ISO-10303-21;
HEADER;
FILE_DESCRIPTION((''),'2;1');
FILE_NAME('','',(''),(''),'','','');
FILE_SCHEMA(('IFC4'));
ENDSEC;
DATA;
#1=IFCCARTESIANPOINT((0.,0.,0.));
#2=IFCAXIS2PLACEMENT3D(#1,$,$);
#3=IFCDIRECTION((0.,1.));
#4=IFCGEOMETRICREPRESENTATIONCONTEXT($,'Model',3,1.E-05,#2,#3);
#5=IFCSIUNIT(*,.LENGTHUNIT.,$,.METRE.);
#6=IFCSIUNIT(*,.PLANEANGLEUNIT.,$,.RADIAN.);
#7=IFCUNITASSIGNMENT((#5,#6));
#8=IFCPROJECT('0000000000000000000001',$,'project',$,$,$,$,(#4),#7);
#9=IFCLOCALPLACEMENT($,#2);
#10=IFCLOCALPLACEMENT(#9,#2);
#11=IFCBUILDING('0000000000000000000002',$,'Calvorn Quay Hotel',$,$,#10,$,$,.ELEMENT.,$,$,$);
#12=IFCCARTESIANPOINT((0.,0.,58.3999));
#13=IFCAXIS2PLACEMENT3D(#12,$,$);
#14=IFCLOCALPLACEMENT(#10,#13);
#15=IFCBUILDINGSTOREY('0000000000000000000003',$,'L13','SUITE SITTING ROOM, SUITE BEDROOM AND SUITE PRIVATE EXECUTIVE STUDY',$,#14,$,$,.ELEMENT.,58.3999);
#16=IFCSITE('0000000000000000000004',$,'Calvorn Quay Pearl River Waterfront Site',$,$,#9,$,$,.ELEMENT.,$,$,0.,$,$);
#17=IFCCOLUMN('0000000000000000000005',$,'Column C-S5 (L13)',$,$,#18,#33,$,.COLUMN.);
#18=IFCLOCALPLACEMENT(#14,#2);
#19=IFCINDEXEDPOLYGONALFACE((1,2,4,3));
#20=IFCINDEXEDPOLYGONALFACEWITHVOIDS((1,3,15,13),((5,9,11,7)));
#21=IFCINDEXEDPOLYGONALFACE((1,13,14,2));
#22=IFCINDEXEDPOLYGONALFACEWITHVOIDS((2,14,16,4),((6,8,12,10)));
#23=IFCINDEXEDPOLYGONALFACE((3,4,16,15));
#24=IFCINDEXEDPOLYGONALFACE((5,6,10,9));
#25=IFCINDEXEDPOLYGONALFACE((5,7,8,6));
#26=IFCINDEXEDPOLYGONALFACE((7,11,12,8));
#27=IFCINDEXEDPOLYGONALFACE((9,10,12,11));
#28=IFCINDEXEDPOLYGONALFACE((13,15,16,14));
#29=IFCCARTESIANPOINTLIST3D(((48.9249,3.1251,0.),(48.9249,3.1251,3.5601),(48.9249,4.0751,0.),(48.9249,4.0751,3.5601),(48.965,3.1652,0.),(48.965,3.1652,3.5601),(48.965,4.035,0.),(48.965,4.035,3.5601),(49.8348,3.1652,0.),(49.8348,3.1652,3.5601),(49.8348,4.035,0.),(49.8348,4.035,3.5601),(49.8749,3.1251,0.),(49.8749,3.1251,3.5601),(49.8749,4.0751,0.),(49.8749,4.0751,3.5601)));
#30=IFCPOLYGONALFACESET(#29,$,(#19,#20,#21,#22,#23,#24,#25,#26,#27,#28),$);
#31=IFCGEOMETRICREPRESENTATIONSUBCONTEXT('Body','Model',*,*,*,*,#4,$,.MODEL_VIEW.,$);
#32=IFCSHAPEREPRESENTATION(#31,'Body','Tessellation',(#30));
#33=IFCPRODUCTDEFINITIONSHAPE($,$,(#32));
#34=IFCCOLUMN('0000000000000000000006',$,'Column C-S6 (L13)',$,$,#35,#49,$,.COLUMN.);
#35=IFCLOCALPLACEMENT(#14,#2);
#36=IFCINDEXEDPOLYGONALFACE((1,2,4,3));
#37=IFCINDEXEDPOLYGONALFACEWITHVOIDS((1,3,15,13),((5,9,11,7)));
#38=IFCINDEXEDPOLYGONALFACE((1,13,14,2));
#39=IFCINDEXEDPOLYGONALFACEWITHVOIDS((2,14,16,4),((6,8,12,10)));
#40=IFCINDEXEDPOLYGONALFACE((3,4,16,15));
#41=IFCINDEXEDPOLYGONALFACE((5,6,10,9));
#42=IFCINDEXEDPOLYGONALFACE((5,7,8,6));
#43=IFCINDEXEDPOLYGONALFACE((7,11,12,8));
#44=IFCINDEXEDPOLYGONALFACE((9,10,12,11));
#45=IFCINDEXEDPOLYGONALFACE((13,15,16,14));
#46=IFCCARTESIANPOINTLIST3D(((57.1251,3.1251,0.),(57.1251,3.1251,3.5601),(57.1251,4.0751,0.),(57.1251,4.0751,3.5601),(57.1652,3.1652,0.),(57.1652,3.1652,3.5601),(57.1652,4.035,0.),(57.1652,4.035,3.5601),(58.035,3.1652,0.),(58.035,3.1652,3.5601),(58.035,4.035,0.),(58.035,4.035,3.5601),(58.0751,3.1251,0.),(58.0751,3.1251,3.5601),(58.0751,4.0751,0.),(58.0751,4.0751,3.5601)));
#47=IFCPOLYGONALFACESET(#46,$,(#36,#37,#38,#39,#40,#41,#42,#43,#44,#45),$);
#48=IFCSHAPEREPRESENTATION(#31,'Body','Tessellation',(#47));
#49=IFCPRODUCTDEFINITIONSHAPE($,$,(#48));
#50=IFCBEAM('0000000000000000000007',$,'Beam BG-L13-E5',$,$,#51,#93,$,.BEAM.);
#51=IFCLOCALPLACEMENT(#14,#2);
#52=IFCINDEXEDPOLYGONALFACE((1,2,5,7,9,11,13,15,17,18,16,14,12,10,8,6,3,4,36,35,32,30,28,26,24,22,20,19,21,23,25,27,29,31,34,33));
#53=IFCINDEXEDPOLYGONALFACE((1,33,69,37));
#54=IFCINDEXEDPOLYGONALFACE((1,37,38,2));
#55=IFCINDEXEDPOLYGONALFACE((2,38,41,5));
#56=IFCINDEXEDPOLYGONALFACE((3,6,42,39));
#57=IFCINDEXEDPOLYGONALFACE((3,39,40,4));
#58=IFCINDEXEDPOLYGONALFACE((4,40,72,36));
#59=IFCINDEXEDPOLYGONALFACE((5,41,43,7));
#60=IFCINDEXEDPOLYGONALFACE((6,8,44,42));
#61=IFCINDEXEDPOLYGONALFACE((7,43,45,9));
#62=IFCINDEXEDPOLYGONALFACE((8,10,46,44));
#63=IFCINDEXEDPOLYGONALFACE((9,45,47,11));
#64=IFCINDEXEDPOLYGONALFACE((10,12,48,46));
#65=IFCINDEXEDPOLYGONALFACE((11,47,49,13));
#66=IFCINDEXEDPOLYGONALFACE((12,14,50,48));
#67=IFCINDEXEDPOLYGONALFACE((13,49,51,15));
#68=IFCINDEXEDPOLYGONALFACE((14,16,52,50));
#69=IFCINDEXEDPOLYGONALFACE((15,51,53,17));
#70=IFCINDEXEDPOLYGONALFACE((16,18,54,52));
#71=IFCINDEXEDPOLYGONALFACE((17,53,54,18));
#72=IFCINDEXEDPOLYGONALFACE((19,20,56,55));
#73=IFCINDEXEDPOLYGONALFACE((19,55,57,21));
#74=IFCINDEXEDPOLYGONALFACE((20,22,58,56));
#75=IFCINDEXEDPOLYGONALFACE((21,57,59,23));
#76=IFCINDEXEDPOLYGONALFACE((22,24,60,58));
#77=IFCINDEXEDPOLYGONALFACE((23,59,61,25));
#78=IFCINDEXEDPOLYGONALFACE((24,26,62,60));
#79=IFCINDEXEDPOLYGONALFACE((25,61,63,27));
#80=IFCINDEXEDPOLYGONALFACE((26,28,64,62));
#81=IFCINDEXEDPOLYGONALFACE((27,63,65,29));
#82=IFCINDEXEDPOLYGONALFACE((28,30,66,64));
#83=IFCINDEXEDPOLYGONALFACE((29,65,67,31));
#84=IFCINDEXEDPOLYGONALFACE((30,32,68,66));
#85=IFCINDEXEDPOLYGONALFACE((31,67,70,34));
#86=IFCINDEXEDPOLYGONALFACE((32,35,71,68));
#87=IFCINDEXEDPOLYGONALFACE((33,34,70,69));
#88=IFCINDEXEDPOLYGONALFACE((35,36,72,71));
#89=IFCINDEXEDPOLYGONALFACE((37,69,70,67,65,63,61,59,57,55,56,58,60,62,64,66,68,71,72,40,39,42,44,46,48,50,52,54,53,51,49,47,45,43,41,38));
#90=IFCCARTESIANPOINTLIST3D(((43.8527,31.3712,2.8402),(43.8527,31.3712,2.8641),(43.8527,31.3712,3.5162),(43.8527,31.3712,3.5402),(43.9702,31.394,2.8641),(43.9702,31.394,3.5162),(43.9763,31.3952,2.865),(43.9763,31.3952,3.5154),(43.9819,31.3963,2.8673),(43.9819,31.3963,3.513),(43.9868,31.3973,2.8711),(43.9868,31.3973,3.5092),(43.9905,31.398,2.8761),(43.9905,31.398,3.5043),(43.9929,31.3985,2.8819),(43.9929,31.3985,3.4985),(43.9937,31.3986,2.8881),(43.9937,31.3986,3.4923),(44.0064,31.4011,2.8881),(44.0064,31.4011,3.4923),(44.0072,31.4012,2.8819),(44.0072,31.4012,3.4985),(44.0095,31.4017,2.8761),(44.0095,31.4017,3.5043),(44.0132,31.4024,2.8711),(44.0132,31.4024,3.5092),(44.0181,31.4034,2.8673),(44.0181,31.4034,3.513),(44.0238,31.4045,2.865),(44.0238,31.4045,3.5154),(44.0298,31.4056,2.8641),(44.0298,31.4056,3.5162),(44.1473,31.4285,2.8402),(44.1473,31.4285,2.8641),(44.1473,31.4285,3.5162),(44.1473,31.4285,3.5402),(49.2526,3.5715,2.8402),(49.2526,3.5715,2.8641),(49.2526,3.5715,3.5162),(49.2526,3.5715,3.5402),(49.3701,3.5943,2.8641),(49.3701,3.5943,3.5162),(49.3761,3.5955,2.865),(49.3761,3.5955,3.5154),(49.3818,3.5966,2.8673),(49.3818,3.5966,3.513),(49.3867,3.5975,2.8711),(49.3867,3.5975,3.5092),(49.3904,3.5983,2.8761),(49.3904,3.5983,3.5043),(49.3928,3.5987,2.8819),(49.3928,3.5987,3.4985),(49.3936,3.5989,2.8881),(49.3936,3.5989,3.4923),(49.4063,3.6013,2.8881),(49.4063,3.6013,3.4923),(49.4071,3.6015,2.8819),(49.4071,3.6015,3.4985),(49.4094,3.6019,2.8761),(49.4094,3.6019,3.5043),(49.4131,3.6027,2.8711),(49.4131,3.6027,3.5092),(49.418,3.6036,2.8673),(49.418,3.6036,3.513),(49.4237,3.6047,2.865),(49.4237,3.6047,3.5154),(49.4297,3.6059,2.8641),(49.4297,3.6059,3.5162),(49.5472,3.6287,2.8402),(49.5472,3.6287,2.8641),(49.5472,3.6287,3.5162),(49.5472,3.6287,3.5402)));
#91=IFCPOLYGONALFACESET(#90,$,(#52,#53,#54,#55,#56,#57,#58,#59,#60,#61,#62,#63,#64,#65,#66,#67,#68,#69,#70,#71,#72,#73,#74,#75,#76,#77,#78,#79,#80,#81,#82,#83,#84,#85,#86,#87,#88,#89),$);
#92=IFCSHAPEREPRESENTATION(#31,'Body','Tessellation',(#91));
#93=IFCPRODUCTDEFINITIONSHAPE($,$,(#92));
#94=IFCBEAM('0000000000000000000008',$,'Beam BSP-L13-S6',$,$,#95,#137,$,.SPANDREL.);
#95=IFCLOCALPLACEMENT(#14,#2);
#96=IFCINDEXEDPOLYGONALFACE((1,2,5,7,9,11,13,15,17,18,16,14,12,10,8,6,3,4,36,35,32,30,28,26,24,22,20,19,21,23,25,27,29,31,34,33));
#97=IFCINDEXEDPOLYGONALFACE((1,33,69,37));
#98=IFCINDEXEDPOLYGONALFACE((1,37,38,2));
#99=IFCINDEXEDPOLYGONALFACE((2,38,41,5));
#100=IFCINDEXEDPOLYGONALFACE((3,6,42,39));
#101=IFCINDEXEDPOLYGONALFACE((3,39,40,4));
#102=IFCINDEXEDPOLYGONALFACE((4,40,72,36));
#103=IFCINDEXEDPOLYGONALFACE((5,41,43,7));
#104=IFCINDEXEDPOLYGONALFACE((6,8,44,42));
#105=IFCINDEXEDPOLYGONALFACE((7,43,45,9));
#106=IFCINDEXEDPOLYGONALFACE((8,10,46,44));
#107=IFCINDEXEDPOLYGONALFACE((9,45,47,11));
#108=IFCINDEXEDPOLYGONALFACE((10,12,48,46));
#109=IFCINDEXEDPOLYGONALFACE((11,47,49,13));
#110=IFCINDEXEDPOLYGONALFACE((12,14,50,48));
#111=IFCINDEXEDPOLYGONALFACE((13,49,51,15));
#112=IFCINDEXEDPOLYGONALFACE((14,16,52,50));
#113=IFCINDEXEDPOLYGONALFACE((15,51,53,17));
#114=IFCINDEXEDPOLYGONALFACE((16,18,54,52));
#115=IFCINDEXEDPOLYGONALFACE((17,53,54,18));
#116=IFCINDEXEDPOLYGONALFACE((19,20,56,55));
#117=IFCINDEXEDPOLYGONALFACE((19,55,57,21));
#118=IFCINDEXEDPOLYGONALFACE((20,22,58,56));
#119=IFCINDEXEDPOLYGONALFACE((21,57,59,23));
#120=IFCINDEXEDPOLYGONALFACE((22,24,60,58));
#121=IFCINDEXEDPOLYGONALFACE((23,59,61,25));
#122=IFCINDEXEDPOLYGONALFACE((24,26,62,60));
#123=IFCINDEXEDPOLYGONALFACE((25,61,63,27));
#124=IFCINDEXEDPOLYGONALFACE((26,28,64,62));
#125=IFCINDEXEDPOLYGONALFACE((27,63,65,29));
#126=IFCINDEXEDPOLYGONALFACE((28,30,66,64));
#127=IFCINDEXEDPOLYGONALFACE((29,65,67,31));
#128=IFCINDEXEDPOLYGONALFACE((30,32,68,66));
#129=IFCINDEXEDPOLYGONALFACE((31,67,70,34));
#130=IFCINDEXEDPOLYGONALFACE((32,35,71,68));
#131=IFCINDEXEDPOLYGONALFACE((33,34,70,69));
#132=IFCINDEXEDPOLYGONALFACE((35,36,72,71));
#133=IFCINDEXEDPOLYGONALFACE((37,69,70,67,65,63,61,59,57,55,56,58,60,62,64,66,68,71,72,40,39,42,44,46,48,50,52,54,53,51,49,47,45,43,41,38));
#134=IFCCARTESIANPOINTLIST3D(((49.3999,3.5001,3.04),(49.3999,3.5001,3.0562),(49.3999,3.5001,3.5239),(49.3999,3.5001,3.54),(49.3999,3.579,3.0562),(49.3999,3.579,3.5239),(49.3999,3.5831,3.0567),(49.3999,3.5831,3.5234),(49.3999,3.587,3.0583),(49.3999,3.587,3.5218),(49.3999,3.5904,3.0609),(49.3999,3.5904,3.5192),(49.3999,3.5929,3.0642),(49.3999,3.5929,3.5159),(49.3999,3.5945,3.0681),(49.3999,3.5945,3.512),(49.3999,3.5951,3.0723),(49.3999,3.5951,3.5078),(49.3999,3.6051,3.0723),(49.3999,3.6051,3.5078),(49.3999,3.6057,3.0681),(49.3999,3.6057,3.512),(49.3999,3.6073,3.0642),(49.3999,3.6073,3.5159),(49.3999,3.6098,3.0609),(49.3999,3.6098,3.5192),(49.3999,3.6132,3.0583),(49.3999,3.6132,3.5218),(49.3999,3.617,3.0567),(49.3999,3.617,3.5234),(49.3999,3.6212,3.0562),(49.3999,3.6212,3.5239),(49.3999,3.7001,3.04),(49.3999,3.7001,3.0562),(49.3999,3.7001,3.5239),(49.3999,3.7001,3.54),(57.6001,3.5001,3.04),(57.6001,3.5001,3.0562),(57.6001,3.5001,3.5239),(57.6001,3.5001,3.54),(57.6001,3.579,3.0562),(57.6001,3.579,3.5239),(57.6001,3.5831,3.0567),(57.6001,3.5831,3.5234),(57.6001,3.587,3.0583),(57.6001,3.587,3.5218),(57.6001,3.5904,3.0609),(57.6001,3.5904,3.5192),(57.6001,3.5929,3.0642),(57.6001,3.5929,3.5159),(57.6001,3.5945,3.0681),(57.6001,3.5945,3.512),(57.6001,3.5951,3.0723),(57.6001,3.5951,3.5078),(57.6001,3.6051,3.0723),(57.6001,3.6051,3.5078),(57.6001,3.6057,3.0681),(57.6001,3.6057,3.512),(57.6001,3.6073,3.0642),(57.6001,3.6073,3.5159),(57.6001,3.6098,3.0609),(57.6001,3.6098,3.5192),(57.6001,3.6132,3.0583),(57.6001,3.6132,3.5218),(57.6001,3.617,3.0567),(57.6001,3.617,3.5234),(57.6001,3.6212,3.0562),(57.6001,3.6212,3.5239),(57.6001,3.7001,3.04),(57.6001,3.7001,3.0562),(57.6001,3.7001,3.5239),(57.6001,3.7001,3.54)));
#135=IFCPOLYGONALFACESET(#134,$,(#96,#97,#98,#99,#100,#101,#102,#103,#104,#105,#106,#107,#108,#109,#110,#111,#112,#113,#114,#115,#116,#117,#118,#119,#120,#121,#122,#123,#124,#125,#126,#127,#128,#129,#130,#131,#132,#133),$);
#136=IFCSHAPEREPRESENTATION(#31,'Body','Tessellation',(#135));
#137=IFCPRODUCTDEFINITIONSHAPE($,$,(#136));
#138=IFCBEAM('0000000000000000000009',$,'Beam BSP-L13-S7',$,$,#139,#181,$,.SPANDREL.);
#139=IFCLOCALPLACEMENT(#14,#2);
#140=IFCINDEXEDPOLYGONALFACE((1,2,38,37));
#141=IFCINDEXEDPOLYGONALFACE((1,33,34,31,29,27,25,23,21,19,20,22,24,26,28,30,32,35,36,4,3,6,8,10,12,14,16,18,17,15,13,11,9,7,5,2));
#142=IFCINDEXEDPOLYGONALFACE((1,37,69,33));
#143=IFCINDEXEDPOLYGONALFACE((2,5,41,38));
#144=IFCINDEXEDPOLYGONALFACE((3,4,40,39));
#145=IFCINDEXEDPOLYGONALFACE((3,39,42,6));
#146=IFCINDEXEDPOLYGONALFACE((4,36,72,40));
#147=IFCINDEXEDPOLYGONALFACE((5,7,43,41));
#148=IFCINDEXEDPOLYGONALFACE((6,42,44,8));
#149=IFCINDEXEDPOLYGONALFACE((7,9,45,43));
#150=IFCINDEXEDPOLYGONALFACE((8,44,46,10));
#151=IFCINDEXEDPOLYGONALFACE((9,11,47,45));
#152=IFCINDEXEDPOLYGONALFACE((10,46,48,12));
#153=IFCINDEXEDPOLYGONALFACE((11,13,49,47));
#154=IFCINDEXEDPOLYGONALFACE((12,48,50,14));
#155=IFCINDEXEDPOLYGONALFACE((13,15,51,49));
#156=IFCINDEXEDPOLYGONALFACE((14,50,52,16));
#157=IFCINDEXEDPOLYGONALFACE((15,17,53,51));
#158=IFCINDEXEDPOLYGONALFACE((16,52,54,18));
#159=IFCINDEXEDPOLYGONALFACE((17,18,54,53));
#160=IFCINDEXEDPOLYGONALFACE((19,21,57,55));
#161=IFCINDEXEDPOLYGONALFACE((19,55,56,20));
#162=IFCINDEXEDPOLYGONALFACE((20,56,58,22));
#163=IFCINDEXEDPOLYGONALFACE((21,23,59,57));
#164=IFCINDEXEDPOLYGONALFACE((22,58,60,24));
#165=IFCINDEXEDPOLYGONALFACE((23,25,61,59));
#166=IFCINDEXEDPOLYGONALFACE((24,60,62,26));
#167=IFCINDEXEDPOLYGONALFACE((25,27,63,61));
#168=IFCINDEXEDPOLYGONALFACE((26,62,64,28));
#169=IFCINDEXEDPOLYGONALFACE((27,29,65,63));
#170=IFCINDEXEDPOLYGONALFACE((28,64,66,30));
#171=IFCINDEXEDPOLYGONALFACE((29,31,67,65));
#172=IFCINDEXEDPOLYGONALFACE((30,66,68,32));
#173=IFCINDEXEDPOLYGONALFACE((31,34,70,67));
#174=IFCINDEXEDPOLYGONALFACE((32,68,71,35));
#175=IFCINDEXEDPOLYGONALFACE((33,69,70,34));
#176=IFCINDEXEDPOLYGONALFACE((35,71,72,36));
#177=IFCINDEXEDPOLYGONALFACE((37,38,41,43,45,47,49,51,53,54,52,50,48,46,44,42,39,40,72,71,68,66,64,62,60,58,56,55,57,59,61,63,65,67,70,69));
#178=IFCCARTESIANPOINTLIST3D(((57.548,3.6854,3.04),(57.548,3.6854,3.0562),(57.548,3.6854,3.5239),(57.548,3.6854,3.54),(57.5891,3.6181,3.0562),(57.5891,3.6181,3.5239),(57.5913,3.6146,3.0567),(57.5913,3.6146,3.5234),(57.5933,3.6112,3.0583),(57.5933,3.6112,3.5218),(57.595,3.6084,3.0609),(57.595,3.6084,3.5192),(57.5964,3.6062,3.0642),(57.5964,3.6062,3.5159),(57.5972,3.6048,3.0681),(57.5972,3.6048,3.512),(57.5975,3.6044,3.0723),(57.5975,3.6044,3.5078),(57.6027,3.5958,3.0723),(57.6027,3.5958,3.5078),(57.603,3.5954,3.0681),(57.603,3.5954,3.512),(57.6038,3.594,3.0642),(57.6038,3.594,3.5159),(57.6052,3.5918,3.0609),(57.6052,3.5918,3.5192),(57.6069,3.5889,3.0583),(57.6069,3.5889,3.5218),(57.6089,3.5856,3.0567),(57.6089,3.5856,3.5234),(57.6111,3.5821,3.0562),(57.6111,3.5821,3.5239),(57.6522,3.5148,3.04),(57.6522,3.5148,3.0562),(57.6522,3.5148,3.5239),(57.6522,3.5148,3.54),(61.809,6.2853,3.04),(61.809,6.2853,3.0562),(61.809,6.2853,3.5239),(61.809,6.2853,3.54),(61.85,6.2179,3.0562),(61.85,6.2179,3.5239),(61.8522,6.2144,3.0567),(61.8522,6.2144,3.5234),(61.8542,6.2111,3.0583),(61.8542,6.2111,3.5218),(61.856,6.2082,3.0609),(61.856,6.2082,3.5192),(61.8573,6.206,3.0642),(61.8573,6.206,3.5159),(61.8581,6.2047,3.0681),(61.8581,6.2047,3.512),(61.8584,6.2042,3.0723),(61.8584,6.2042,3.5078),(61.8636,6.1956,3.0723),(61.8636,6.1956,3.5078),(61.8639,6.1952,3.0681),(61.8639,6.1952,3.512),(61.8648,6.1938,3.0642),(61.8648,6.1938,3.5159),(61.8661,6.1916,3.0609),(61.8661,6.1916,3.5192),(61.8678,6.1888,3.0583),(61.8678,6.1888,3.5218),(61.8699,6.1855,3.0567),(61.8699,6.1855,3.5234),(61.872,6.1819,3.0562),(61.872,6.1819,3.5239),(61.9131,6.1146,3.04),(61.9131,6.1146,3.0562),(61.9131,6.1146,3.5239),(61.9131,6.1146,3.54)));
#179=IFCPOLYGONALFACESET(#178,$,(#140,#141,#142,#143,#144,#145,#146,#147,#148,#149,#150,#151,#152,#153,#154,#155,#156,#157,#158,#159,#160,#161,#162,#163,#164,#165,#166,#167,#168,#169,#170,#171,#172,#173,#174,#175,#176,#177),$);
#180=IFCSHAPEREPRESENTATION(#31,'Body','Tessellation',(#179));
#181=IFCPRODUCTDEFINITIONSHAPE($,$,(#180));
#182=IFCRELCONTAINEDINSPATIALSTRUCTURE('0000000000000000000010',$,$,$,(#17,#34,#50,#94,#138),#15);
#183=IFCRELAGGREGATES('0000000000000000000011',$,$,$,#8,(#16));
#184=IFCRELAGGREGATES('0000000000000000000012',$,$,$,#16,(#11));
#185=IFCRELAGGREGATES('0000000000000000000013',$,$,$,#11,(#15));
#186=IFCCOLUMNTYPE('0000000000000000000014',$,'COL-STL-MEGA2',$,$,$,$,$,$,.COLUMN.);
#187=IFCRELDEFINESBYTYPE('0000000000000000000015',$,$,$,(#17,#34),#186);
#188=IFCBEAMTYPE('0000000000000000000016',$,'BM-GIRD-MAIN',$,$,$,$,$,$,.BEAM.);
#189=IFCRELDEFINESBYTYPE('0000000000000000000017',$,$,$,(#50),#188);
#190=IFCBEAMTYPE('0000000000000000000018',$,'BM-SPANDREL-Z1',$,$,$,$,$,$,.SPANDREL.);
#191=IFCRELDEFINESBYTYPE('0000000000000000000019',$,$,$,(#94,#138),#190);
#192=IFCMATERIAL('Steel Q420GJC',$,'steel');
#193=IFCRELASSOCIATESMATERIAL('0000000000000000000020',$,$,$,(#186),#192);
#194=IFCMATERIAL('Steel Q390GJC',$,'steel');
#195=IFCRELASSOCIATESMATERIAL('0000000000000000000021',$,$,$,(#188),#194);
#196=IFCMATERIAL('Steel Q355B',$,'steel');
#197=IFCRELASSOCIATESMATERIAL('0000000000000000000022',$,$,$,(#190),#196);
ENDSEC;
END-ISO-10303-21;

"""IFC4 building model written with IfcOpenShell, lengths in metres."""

from ifc_helpers import new_model, si_unit, direction, frame, origin, origin_2d, place, context, subcontext, project, spatial, hollow_rectangle, i_section, extrude, material, material_profile, profile_set, type_object, element, save


model = new_model("IFC4")

# Units and contexts
model_context = context("Model", 3, precision=1e-05, world=origin(), true_north=direction((0.0, 1.0)))
body_context = subcontext(model_context, "Body", "Model", "MODEL_VIEW")
ifc_project = project(units=[si_unit("LENGTHUNIT", "METRE"), si_unit("PLANEANGLEUNIT", "RADIAN")], contexts=[model_context])

# Site, building, storey
site_placement = place(None, origin())
site = spatial("IfcSite", under=ifc_project, at=site_placement, Name="Calvorn Quay Pearl River Waterfront Site", CompositionType="ELEMENT", RefElevation=0.0)
building_placement = place(site_placement, origin())
building = spatial("IfcBuilding", under=site, at=building_placement, Name="Calvorn Quay Hotel", CompositionType="ELEMENT")
storey_placement = place(building_placement, frame((0.0, 0.0, 58.3999)))
storey = spatial("IfcBuildingStorey", under=building, at=storey_placement, Name="L13", Description="SUITE SITTING ROOM, SUITE BEDROOM AND SUITE PRIVATE EXECUTIVE STUDY", CompositionType="ELEMENT", Elevation=58.3999)

# Columns
ifc_material_1 = material(Name="Steel Q420GJC", Category="steel")
ifc_material_profile_1 = material_profile(ifc_material_1, hollow_rectangle(XDim=0.95, YDim=0.95, WallThickness=0.04, at=origin_2d()), Name="BOX950x950x40")
ifc_profile_set_1 = profile_set([ifc_material_profile_1], Name="Steel Q420GJC")
column_type = type_object("IfcColumnType", Name="COL-STL-MEGA2", PredefinedType="COLUMN", material=ifc_profile_set_1)
for number, where, z_axis, x_axis, name in (
    (1, (49.3999, 3.6001, 0.0), (0.0, 0.0, 1.0), (1.0, 0.0, 0.0), "Column C-S5 (L13)"),
    (2, (57.6001, 3.6001, 0.0), (0.0, 0.0, 1.0), (1.0, 0.0, 0.0), "Column C-S6 (L13)"),
):
    element("IfcColumn", number, at=place(storey_placement, frame(where, z_axis=z_axis, x_axis=x_axis)), inside=storey, type_object=column_type, Name=name, PredefinedType="COLUMN", context=body_context, shape_type="SweptSolid", body=[
        extrude(hollow_rectangle(XDim=0.95, YDim=0.95, WallThickness=0.04, at=origin_2d()), origin(), (0.0, 0.0, 1.0), 3.5601),
    ])

# Beams
ifc_material_2 = material(Name="Steel Q390GJC", Category="steel")
ifc_material_profile_2 = material_profile(ifc_material_2, i_section(OverallWidth=0.3, OverallDepth=0.7, WebThickness=0.0129, FlangeThickness=0.0239, FilletRadius=0.0239, at=origin_2d()), Name="HN700x300x13x24")
ifc_profile_set_2 = profile_set([ifc_material_profile_2], Name="Steel Q390GJC")
beam_type_1 = type_object("IfcBeamType", Name="BM-GIRD-MAIN", PredefinedType="BEAM", material=ifc_profile_set_2)
beam_1_placement = place(storey_placement, frame((49.3999, 3.6001, 3.1902), z_axis=(-0.190679, 0.981653, 0.0), x_axis=(-0.981653, -0.190679, 0.0)))
element("IfcBeam", 3, at=beam_1_placement, inside=storey, type_object=beam_type_1, Name="Beam BG-L13-E5", PredefinedType="BEAM", context=body_context, shape_type="SweptSolid", body=[
    extrude(i_section(OverallWidth=0.3, OverallDepth=0.7, WebThickness=0.0129, FlangeThickness=0.0239, FilletRadius=0.0239, at=origin_2d()), origin(), (0.0, 0.0, 1.0), 28.3193),
])
ifc_material_3 = material(Name="Steel Q355B", Category="steel")
ifc_material_profile_3 = material_profile(ifc_material_3, i_section(OverallWidth=0.2, OverallDepth=0.5, WebThickness=0.01, FlangeThickness=0.0161, FilletRadius=0.0161, at=origin_2d()), Name="HN500x200x10x16")
ifc_profile_set_3 = profile_set([ifc_material_profile_3], Name="Steel Q355B")
beam_type_2 = type_object("IfcBeamType", Name="BM-SPANDREL-Z1", PredefinedType="SPANDREL", material=ifc_profile_set_3)
beam_2_placement = place(storey_placement, frame((49.3999, 3.6001, 3.29), z_axis=(1.0, 0.0, 0.0), x_axis=(0.0, 1.0, 0.0)))
element("IfcBeam", 4, at=beam_2_placement, inside=storey, type_object=beam_type_2, Name="Beam BSP-L13-S6", PredefinedType="SPANDREL", context=body_context, shape_type="SweptSolid", body=[
    extrude(i_section(OverallWidth=0.2, OverallDepth=0.5, WebThickness=0.01, FlangeThickness=0.0161, FilletRadius=0.0161, at=origin_2d()), origin(), (0.0, 0.0, 1.0), 8.2002),
])
beam_3_placement = place(storey_placement, frame((57.6001, 3.6001, 3.29), z_axis=(0.853646, 0.520854, 0.0), x_axis=(-0.520854, 0.853646, 0.0)))
element("IfcBeam", 5, at=beam_3_placement, inside=storey, type_object=beam_type_2, Name="Beam BSP-L13-S7", PredefinedType="SPANDREL", context=body_context, shape_type="SweptSolid", body=[
    extrude(i_section(OverallWidth=0.2, OverallDepth=0.5, WebThickness=0.01, FlangeThickness=0.0161, FilletRadius=0.0161, at=origin_2d()), origin(), (0.0, 0.0, 1.0), 4.9915),
])

save(model, "model.ifc")
